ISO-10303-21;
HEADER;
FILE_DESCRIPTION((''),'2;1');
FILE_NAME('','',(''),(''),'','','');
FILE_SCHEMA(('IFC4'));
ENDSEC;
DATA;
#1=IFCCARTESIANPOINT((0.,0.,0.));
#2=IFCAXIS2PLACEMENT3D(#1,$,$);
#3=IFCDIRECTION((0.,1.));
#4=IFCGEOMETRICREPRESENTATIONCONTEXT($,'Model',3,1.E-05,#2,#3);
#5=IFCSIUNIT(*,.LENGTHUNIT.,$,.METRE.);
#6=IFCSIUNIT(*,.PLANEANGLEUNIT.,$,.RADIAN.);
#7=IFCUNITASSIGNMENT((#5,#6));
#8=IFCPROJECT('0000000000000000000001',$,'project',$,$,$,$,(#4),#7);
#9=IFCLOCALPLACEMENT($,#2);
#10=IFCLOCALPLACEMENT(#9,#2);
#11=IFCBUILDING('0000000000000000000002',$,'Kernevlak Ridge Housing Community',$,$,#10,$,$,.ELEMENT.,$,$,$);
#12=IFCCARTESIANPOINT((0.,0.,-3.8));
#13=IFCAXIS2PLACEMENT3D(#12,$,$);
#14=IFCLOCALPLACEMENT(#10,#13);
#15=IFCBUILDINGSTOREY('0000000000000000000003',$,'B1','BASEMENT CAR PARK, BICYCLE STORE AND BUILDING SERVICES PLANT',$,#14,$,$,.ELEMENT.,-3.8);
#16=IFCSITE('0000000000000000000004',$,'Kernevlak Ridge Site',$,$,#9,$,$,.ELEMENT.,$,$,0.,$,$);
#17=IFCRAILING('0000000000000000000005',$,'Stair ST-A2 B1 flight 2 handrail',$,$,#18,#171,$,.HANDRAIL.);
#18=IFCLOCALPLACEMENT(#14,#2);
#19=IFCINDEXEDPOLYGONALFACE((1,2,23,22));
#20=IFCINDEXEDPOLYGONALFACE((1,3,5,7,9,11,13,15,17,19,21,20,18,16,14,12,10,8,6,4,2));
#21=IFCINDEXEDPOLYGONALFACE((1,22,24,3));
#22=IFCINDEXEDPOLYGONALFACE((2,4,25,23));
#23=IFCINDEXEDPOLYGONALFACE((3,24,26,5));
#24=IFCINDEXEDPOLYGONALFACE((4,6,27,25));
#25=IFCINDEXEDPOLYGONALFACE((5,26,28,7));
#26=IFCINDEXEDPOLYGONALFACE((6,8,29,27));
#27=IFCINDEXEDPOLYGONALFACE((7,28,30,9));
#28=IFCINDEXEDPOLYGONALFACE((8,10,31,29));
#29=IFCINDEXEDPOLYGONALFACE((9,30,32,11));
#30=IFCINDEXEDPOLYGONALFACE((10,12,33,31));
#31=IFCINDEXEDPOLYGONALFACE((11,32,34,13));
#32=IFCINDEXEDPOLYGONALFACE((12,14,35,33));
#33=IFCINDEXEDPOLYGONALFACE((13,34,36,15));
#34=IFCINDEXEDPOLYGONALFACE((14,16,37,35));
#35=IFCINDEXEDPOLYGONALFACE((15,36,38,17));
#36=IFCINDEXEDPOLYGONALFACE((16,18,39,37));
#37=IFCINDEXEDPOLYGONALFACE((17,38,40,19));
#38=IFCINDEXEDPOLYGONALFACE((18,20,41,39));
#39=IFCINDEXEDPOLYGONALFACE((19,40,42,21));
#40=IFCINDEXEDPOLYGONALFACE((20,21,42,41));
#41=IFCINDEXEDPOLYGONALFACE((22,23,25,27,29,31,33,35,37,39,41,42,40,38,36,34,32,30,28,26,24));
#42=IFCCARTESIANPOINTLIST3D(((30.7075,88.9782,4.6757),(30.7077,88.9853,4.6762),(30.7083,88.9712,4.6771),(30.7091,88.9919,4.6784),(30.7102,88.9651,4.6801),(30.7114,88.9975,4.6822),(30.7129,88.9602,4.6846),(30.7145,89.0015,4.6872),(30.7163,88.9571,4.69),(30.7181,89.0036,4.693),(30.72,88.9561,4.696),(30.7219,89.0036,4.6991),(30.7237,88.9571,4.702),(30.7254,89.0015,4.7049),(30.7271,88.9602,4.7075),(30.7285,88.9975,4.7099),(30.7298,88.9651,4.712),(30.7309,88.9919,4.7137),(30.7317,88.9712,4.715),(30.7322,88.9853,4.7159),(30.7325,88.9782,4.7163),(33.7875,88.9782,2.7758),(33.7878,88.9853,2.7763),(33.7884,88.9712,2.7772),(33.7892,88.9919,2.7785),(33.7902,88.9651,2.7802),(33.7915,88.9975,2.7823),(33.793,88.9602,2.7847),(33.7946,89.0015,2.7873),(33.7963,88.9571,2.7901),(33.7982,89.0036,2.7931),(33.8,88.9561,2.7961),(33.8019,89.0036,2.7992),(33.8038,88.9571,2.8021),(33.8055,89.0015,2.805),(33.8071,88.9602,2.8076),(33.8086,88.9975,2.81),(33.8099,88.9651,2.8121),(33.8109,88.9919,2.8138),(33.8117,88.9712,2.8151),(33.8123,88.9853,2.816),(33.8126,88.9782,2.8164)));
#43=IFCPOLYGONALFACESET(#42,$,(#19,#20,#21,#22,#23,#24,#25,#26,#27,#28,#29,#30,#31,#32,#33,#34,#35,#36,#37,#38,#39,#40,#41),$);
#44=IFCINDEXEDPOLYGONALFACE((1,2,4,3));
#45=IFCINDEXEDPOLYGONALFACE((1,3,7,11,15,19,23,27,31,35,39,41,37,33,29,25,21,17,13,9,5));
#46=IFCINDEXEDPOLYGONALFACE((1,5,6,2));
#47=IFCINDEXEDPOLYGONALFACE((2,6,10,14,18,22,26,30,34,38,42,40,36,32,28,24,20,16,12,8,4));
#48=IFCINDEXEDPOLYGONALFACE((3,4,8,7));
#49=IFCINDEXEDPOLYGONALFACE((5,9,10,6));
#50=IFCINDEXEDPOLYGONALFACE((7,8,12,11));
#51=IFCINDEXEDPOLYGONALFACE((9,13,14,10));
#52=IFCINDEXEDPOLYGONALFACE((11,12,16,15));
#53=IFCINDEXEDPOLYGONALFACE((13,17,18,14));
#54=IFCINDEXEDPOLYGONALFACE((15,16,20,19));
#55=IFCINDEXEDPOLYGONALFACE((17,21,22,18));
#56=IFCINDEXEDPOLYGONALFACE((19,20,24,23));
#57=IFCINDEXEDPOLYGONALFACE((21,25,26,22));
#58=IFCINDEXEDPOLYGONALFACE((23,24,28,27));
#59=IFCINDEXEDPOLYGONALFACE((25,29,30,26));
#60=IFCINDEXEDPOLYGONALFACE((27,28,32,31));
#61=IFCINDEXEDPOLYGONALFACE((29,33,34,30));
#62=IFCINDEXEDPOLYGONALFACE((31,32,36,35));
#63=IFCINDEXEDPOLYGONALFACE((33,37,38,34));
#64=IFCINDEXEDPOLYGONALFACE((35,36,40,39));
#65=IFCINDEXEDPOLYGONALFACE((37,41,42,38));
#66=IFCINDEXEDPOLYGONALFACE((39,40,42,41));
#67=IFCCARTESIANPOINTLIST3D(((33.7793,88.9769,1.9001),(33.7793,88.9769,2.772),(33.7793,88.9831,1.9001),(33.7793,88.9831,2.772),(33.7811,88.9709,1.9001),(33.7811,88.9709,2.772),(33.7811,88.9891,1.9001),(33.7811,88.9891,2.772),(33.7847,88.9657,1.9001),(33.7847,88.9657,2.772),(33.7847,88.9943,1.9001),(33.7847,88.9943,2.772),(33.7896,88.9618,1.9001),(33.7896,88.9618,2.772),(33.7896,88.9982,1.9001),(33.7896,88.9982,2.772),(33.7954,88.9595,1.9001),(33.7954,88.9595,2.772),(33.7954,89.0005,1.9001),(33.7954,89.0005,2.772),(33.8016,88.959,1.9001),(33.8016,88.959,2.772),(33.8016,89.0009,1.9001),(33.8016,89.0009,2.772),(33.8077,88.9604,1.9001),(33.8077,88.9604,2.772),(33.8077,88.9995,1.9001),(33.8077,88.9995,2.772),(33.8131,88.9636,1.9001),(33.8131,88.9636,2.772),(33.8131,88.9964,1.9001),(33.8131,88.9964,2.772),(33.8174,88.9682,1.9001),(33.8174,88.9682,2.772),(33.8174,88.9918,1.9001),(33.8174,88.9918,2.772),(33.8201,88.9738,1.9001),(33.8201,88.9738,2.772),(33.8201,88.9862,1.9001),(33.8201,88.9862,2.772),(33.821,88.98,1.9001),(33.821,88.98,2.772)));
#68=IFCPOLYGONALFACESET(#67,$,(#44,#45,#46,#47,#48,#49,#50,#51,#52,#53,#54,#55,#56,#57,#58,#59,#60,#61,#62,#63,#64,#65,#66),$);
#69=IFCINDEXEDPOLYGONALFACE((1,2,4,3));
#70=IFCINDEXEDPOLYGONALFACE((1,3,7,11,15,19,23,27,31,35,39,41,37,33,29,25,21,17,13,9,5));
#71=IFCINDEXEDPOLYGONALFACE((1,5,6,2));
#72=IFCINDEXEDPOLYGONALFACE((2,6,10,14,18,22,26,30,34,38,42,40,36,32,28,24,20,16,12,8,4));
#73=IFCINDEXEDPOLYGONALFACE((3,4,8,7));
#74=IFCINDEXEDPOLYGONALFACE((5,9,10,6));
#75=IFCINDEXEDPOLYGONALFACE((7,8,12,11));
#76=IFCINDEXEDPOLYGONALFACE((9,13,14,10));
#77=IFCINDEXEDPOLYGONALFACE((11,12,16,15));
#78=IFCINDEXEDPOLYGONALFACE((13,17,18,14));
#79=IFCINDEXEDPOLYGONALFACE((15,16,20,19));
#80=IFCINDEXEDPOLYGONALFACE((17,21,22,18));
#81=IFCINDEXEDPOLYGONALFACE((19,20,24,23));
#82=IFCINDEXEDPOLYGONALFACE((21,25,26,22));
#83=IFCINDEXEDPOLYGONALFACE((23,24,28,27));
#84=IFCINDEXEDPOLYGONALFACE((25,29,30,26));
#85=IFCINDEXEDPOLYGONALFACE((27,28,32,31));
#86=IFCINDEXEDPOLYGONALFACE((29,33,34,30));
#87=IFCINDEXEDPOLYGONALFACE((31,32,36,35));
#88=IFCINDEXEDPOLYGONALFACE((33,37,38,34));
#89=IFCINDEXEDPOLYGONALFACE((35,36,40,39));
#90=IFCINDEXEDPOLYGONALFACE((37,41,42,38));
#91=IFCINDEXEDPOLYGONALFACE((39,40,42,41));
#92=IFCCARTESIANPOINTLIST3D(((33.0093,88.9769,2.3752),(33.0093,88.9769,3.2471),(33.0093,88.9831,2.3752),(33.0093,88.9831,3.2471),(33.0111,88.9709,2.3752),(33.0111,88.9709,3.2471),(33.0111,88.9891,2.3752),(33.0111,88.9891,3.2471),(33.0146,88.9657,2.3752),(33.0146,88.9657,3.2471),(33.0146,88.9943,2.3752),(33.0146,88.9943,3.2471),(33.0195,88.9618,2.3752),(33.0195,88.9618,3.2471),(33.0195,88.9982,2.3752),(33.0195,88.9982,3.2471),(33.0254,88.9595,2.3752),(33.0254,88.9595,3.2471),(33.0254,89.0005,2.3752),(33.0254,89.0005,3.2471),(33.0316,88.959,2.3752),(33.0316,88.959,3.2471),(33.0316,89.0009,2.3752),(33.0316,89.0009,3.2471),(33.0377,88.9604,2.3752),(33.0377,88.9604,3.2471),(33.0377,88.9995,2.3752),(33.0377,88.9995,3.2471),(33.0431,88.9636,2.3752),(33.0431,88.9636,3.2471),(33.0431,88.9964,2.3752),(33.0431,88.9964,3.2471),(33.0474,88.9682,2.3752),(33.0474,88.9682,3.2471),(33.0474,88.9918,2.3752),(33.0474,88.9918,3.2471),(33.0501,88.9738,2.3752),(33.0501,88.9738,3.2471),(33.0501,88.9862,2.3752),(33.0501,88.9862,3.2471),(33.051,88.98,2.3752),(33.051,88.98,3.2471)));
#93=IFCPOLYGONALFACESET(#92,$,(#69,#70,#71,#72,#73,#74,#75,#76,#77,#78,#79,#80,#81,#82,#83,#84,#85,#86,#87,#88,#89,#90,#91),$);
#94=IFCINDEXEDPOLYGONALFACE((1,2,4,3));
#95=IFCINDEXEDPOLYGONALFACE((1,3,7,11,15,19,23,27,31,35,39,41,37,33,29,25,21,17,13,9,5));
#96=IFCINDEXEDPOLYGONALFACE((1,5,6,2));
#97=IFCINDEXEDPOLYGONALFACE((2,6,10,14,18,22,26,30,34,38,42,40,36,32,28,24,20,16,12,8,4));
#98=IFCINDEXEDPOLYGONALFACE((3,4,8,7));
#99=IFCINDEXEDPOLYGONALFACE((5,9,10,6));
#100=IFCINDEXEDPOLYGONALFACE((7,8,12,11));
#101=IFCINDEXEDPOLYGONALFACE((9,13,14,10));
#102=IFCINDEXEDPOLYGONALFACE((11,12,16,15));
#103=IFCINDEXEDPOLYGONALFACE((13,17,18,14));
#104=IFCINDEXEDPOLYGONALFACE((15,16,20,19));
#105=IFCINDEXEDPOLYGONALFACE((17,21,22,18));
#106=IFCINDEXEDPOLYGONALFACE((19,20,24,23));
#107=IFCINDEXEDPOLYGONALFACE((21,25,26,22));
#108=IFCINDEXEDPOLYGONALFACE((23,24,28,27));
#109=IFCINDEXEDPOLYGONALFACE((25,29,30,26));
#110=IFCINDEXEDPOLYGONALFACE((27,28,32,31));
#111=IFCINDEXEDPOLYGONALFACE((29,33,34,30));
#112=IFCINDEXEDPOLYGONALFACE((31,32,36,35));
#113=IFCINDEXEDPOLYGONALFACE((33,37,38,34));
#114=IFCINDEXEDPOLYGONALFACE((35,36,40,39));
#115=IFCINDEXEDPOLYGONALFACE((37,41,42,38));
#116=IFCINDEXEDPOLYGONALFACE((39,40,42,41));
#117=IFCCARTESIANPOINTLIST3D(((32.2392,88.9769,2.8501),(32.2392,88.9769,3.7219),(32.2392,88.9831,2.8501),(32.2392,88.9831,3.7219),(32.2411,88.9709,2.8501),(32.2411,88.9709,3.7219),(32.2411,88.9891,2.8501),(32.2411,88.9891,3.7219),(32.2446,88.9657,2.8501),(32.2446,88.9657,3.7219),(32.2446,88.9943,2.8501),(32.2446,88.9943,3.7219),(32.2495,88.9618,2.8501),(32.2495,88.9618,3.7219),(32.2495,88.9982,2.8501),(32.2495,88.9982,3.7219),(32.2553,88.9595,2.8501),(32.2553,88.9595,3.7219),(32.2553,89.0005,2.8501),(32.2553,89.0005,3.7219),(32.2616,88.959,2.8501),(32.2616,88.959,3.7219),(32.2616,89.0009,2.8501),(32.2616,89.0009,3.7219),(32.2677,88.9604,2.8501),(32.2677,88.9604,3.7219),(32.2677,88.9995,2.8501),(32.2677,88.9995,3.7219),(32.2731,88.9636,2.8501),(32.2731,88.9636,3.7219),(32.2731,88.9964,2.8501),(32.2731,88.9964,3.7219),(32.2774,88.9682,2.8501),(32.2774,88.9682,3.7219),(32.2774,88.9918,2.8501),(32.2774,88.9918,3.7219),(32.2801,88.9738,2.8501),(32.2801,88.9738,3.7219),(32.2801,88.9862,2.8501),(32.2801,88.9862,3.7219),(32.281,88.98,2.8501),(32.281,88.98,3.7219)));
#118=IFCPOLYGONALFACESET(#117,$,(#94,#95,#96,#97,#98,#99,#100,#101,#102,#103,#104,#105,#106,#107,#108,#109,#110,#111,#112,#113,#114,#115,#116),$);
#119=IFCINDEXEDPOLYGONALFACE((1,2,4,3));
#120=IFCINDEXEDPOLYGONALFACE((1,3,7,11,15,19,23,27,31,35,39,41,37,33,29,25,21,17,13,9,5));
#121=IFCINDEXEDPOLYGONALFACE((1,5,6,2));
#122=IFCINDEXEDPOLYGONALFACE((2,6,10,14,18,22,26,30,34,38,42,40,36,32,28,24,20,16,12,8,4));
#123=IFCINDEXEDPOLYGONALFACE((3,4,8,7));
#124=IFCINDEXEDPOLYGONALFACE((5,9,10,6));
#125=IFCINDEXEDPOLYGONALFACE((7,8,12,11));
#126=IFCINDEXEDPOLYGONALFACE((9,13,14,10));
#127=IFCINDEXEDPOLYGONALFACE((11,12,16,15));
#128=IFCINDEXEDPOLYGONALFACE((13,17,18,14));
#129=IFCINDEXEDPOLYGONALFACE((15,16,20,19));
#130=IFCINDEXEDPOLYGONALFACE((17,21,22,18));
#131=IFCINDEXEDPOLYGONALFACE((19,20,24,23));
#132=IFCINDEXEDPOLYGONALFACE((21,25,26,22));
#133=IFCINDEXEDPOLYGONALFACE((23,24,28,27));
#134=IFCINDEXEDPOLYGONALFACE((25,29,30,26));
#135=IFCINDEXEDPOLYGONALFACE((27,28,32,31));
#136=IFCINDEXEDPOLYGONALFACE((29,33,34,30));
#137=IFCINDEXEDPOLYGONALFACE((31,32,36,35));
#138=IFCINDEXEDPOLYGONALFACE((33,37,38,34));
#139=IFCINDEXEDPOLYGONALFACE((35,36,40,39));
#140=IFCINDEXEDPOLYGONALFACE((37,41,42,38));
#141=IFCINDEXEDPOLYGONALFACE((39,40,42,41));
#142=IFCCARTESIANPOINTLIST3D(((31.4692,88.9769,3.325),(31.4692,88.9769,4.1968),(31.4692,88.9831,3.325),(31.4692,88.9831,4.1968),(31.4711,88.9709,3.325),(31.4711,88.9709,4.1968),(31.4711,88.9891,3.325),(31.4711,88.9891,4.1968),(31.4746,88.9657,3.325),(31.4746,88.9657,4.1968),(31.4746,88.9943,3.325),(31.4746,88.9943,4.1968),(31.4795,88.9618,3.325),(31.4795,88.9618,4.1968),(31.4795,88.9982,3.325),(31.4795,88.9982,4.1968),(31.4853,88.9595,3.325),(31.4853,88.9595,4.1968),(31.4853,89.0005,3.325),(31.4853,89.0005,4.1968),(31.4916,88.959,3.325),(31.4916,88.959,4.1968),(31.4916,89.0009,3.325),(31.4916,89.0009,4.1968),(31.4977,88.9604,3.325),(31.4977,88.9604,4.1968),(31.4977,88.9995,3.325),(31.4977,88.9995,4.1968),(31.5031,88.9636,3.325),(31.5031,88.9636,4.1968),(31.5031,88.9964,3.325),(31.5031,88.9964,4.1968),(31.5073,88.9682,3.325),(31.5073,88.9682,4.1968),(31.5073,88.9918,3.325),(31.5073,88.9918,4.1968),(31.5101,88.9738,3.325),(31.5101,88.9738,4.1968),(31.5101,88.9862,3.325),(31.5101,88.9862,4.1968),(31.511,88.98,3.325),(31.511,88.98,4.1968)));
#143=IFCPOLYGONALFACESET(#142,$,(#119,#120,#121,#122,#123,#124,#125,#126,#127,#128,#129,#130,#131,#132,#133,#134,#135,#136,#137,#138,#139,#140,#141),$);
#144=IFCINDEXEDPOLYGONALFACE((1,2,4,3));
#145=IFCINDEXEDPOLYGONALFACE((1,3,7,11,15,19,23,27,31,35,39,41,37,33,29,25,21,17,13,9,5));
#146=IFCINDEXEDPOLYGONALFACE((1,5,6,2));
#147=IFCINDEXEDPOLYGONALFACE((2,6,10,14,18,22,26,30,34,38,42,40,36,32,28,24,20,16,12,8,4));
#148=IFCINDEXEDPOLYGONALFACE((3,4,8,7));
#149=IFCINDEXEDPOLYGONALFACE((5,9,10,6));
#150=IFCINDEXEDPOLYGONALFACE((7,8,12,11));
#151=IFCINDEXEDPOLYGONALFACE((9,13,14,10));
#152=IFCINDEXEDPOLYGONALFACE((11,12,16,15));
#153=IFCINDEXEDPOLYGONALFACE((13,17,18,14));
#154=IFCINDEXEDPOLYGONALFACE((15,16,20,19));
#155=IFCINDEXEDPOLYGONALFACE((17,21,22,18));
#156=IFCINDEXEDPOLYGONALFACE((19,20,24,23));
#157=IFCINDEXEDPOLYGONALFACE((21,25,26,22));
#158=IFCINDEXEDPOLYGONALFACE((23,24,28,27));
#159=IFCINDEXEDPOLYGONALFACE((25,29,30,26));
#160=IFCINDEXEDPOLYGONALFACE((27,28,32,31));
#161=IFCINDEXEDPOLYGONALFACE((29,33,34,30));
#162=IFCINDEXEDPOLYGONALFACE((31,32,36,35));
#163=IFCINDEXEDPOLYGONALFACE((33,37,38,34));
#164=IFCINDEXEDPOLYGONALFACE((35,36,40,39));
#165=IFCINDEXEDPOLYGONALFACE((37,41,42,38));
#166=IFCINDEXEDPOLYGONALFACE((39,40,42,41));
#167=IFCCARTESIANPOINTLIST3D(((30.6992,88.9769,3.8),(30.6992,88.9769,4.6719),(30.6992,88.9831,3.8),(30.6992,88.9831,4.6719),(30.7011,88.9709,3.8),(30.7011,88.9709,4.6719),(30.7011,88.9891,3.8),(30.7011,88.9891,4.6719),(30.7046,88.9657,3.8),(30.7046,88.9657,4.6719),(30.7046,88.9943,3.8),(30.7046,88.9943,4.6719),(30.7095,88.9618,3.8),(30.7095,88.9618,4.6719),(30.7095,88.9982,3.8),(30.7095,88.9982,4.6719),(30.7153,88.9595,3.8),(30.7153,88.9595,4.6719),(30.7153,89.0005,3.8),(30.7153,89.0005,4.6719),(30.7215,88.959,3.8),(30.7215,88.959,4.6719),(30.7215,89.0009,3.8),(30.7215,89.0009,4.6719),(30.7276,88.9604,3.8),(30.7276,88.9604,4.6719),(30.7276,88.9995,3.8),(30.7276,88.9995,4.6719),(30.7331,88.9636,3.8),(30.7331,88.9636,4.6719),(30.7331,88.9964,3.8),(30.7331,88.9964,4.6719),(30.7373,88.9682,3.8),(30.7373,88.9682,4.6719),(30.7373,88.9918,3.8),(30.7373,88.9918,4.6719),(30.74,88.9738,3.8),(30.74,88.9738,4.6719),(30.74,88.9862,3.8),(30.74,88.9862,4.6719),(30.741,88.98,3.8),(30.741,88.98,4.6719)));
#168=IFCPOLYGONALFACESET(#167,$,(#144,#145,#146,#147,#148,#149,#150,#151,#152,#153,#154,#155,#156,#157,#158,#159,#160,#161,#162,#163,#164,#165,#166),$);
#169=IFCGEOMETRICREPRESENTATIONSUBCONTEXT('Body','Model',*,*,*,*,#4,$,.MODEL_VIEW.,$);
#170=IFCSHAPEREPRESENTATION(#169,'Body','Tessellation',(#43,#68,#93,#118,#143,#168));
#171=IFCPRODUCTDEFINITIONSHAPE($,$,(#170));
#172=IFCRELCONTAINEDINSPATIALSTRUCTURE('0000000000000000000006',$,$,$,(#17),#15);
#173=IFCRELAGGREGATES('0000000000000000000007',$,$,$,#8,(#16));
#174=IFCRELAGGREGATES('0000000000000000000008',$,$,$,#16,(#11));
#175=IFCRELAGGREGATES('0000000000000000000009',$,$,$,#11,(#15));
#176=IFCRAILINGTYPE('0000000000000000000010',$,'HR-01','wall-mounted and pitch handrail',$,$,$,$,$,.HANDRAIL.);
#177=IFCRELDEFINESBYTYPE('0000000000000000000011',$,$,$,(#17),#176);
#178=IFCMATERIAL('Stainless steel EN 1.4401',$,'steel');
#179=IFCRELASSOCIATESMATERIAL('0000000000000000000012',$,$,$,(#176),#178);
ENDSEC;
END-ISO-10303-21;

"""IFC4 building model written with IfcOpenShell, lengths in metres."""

from ifc_helpers import new_model, si_unit, direction, frame, origin, origin_2d, place, context, subcontext, project, spatial, circle, extrude, material, type_object, element, save


model = new_model("IFC4")

# Units and contexts
model_context = context("Model", 3, precision=1e-05, world=origin(), true_north=direction((0.0, 1.0)))
body_context = subcontext(model_context, "Body", "Model", "MODEL_VIEW")
ifc_project = project(units=[si_unit("LENGTHUNIT", "METRE"), si_unit("PLANEANGLEUNIT", "RADIAN")], contexts=[model_context])

# Site, building, storey
site_placement = place(None, origin())
site = spatial("IfcSite", under=ifc_project, at=site_placement, Name="Kernevlak Ridge Site", CompositionType="ELEMENT", RefElevation=0.0)
building_placement = place(site_placement, origin())
building = spatial("IfcBuilding", under=site, at=building_placement, Name="Kernevlak Ridge Housing Community", CompositionType="ELEMENT")
storey_placement = place(building_placement, frame((0.0, 0.0, -3.8)))
storey = spatial("IfcBuildingStorey", under=building, at=storey_placement, Name="B1", Description="BASEMENT CAR PARK, BICYCLE STORE AND BUILDING SERVICES PLANT", CompositionType="ELEMENT", Elevation=-3.8)

# Railing
ifc_material_1 = material(Name="Stainless steel EN 1.4401", Category="steel")
railing_type_1 = type_object("IfcRailingType", Name="HR-01", Description="wall-mounted and pitch handrail", PredefinedType="HANDRAIL", material=ifc_material_1)
railing_1_placement = place(storey_placement, frame((33.8, 88.98, 1.9001)))
element("IfcRailing", 1, at=railing_1_placement, inside=storey, type_object=railing_type_1, Name="Stair ST-A2 B1 flight 2 handrail", PredefinedType="HANDRAIL", context=body_context, shape_type="SweptSolid", body=[
    extrude(circle(Radius=0.0239, at=origin_2d()), frame((0.0, 0.0, 0.896), z_axis=(-0.851107, 0.0, 0.524993), x_axis=(0.0, -1.0, 0.0)), (0.0, 0.0, 1.0), 3.6189),
    extrude(circle(Radius=0.021, at=origin_2d()), origin(), (0.0, 0.0, 1.0), 0.8718),
    extrude(circle(Radius=0.021, at=origin_2d()), frame((-0.77, 0.0, 0.4751)), (0.0, 0.0, 1.0), 0.8718),
    extrude(circle(Radius=0.021, at=origin_2d()), frame((-1.54, 0.0, 0.95)), (0.0, 0.0, 1.0), 0.8718),
    extrude(circle(Radius=0.021, at=origin_2d()), frame((-2.3101, 0.0, 1.4248)), (0.0, 0.0, 1.0), 0.8718),
    extrude(circle(Radius=0.021, at=origin_2d()), frame((-3.0801, 0.0, 1.8999)), (0.0, 0.0, 1.0), 0.8718),
])

save(model, "model.ifc")
